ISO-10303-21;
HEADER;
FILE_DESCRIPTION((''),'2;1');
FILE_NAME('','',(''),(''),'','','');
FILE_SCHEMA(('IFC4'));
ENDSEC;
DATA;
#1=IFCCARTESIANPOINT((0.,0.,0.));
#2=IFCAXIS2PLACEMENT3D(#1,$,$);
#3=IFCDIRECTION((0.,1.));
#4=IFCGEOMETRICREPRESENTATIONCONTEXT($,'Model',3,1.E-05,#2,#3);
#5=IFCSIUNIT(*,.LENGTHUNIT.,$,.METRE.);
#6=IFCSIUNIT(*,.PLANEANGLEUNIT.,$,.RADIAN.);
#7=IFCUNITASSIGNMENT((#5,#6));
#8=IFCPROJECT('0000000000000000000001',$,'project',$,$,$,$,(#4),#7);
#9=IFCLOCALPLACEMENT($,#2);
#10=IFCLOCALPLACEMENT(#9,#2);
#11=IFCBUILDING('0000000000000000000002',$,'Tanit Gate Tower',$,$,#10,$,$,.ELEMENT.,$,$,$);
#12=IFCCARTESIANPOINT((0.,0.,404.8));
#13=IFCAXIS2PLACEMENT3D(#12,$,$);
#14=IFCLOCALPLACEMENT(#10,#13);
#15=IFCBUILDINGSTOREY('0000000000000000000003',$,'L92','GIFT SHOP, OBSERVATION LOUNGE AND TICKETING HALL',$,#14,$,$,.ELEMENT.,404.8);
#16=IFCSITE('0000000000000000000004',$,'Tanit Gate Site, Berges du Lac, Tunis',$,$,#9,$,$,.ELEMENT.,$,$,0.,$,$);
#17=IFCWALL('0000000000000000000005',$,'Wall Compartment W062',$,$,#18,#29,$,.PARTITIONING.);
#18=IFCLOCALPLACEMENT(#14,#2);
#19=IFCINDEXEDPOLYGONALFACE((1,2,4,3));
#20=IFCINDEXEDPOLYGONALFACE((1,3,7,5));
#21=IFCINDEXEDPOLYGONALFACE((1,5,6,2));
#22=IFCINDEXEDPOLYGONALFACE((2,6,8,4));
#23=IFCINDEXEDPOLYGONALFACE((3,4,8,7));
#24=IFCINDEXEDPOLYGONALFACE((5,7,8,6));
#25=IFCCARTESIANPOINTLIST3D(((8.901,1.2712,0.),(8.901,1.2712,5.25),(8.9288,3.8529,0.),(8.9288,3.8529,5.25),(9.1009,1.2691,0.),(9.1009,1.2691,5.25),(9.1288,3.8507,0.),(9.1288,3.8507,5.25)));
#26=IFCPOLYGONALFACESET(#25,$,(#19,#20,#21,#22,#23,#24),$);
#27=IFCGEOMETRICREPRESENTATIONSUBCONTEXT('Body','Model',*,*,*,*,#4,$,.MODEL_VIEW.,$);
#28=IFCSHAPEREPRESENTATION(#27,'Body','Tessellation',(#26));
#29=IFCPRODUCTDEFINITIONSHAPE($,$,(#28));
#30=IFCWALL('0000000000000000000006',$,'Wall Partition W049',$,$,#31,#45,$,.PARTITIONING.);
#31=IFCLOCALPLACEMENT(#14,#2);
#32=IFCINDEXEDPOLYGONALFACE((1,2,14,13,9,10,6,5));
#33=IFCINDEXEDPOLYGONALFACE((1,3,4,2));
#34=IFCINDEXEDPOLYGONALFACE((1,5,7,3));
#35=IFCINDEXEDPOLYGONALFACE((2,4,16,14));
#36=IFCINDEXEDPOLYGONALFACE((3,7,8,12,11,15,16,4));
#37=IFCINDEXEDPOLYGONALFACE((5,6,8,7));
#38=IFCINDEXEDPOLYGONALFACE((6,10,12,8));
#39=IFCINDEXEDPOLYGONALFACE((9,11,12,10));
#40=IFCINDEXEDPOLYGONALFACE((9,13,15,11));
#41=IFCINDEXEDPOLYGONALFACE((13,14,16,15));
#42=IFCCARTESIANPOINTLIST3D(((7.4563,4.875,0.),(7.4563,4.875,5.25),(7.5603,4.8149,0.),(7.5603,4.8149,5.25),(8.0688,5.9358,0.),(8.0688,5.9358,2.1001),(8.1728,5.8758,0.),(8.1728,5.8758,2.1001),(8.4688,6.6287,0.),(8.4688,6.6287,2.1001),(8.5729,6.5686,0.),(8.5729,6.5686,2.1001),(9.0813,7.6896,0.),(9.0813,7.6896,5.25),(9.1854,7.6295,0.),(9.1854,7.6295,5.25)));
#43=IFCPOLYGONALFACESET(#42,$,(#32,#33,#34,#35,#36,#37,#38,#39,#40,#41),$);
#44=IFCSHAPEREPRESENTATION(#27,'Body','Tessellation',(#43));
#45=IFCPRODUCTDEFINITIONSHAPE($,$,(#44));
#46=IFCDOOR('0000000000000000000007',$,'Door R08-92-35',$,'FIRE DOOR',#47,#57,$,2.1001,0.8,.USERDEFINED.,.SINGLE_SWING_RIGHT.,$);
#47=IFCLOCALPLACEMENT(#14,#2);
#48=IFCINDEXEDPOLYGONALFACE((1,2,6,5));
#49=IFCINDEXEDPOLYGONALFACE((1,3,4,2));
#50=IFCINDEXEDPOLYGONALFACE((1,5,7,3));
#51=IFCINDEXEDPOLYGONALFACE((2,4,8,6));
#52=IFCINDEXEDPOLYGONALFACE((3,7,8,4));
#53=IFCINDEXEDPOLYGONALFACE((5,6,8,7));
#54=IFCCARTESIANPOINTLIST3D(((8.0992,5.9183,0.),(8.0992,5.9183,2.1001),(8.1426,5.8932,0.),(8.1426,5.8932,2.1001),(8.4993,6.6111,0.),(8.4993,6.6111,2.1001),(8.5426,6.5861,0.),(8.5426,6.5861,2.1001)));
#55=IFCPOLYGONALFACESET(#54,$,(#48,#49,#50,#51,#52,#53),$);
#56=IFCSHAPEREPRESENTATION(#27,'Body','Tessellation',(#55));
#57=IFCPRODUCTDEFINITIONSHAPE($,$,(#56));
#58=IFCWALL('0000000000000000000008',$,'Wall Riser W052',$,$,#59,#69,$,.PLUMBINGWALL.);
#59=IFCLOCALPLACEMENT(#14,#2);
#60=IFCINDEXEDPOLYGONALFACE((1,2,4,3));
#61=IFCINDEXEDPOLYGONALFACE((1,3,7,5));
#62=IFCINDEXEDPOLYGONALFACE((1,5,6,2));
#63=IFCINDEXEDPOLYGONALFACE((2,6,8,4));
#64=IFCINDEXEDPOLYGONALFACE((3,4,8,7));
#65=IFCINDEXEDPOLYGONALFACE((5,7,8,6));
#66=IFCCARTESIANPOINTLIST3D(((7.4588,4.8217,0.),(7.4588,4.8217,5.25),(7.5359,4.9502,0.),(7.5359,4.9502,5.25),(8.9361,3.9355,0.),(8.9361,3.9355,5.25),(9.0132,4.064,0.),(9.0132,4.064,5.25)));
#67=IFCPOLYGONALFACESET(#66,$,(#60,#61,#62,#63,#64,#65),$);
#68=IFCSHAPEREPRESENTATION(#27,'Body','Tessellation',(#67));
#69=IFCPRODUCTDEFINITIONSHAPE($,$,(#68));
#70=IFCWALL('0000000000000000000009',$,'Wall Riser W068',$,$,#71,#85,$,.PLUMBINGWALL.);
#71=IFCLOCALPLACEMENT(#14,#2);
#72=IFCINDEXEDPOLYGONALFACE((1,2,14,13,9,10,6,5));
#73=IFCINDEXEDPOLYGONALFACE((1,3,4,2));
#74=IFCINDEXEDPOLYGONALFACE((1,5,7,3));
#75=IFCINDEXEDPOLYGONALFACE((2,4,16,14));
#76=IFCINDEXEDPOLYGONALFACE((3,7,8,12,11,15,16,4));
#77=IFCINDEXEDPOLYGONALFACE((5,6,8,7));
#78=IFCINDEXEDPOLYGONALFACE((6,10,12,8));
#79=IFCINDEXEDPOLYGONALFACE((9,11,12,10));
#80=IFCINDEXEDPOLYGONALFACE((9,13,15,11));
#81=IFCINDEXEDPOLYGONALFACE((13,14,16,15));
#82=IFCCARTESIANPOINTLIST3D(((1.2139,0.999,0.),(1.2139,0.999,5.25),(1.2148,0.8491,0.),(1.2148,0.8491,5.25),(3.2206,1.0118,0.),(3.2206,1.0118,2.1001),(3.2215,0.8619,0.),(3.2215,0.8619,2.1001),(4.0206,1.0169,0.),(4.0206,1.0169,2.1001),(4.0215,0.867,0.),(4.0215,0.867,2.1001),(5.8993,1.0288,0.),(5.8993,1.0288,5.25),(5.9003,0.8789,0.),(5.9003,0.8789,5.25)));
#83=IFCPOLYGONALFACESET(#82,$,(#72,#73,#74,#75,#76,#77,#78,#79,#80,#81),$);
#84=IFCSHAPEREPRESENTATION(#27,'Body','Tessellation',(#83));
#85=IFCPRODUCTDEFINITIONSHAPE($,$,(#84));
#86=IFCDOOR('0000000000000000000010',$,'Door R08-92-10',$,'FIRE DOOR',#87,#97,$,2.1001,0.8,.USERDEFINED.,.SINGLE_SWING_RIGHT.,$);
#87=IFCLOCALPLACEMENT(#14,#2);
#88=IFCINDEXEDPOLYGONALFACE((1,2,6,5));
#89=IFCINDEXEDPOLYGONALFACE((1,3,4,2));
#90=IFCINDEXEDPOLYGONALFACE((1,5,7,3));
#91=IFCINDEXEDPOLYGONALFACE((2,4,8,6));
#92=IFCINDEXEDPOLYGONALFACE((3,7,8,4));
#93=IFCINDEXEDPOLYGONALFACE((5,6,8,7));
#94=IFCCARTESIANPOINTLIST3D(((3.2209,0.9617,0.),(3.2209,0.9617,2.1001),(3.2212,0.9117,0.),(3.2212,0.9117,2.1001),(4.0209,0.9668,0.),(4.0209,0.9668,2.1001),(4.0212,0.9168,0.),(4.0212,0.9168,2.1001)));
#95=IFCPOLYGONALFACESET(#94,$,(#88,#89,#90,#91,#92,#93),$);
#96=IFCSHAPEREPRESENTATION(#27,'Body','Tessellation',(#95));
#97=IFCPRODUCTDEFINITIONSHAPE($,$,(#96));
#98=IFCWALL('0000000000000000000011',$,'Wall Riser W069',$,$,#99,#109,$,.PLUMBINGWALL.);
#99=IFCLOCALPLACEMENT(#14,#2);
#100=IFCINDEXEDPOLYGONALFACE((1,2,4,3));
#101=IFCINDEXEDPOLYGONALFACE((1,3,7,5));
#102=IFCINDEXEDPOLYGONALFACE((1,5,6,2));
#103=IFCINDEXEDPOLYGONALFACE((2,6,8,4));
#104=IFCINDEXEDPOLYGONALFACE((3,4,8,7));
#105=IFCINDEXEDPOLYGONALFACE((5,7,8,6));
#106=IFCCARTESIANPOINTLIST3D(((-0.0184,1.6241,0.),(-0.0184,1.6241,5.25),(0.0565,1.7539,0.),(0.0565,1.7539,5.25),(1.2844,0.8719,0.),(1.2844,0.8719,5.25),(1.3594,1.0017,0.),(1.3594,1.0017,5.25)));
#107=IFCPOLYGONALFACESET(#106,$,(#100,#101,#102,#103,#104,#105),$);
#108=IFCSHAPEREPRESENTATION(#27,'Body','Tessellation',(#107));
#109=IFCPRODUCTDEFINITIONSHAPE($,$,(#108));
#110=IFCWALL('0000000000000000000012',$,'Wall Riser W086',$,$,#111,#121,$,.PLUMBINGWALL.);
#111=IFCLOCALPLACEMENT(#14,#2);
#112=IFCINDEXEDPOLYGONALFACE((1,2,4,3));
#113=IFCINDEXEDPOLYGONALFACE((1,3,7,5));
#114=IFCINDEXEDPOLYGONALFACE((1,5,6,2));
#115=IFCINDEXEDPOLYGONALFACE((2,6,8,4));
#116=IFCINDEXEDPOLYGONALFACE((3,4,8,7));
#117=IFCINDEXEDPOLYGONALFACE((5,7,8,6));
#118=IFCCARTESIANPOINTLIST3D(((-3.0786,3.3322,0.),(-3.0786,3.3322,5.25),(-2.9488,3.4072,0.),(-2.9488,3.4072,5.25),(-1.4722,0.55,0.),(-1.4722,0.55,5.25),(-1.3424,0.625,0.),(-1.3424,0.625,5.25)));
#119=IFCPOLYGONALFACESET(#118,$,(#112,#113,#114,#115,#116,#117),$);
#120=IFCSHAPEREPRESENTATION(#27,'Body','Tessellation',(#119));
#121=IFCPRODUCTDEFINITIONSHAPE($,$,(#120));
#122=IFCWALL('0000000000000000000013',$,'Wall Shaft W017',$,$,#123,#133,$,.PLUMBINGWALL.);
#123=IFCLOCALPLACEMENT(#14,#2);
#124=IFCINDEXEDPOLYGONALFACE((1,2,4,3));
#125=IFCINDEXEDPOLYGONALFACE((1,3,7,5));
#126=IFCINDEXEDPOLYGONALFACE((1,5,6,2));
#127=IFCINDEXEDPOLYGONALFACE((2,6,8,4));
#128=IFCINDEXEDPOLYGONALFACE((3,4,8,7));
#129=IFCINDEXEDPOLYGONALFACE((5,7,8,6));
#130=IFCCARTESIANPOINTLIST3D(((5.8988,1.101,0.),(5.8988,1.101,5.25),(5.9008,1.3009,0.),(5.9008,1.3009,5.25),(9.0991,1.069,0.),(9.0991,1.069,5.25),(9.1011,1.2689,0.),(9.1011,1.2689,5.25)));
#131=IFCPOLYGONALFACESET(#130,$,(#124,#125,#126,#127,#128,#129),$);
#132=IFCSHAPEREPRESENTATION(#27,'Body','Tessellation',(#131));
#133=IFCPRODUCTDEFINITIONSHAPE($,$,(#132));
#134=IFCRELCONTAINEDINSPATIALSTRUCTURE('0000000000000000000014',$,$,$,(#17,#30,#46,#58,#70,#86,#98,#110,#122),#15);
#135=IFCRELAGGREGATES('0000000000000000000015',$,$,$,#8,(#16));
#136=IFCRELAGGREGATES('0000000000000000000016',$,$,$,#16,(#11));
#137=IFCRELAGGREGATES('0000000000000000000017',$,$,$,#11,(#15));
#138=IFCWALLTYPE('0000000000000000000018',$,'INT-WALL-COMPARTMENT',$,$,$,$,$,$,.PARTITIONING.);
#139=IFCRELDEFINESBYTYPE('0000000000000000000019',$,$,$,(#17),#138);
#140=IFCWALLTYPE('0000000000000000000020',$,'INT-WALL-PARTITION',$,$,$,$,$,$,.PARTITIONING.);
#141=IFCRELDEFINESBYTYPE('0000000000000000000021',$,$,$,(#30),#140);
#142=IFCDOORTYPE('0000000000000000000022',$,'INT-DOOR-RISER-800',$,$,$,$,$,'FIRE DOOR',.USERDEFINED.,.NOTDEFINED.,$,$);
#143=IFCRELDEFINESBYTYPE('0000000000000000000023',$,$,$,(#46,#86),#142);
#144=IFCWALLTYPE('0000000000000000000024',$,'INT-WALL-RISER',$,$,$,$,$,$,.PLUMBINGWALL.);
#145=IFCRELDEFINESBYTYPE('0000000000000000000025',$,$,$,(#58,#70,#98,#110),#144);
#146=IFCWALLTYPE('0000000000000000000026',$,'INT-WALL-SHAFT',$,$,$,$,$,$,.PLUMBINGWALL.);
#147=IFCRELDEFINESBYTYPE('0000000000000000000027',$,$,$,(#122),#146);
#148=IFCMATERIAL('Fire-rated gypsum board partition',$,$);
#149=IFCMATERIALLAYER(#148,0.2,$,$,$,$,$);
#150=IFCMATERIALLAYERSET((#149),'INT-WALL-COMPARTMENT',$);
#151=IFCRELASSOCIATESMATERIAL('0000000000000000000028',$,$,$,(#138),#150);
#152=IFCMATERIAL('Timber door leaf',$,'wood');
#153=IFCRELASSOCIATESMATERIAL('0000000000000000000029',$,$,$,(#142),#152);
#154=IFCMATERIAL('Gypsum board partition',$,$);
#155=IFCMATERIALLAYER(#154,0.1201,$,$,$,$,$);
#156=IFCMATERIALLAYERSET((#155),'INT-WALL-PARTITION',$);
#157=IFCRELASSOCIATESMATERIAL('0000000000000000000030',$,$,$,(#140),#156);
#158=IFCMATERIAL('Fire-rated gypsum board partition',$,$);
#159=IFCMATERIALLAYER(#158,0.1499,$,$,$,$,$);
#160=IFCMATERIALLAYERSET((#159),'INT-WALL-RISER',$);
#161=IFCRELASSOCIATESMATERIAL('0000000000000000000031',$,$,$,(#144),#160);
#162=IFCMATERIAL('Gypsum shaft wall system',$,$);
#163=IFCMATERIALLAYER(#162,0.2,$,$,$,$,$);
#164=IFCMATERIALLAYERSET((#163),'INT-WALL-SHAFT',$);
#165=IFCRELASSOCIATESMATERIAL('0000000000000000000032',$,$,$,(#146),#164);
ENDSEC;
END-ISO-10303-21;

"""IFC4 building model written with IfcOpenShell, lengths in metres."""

from ifc_helpers import new_model, si_unit, direction, frame, frame_2d, origin, place, context, subcontext, project, spatial, rectangle, extrude, material, layer, layer_set, type_object, element, fill, save


model = new_model("IFC4")

# Units and contexts
model_context = context("Model", 3, precision=1e-05, world=origin(), true_north=direction((0.0, 1.0)))
body_context = subcontext(model_context, "Body", "Model", "MODEL_VIEW")
ifc_project = project(units=[si_unit("LENGTHUNIT", "METRE"), si_unit("PLANEANGLEUNIT", "RADIAN")], contexts=[model_context])

# Site, building, storey
site_placement = place(None, origin())
site = spatial("IfcSite", under=ifc_project, at=site_placement, Name="Tanit Gate Site, Berges du Lac, Tunis", CompositionType="ELEMENT", RefElevation=0.0)
building_placement = place(site_placement, origin())
building = spatial("IfcBuilding", under=site, at=building_placement, Name="Tanit Gate Tower", CompositionType="ELEMENT")
storey_placement = place(building_placement, frame((0.0, 0.0, 404.8)))
storey = spatial("IfcBuildingStorey", under=building, at=storey_placement, Name="L92", Description="GIFT SHOP, OBSERVATION LOUNGE AND TICKETING HALL", CompositionType="ELEMENT", Elevation=404.8)

# Shared definitions
ifc_material_1 = material(Name="Fire-rated gypsum board partition")
ifc_layer_1 = layer(ifc_material_1, 0.2)
ifc_layer_set_1 = layer_set([ifc_layer_1], Name="INT-WALL-COMPARTMENT")
wall_type_1 = type_object("IfcWallType", Name="INT-WALL-COMPARTMENT", PredefinedType="PARTITIONING", material=ifc_layer_set_1)
ifc_material_2 = material(Name="Timber door leaf", Category="wood")
door_type_1 = type_object("IfcDoorType", Name="INT-DOOR-RISER-800", ElementType="FIRE DOOR", OperationType="NOTDEFINED", PredefinedType="USERDEFINED", material=ifc_material_2)

# Wall
wall_1_placement = place(storey_placement, frame((9.001, 1.27, 0.0), z_axis=(0.0, 0.0, 1.0), x_axis=(0.010781, 0.999942, 0.0)))
element("IfcWall", 1, at=wall_1_placement, inside=storey, type_object=wall_type_1, Name="Wall Compartment W062", PredefinedType="PARTITIONING", context=body_context, shape_type="SweptSolid", body=[
    extrude(rectangle(XDim=2.5818, YDim=0.2, at=frame_2d((1.291, 0.0))), origin(), (0.0, 0.0, 1.0), 5.25),
])

# Wall, opening, door
ifc_material_3 = material(Name="Gypsum board partition")
ifc_layer_2 = layer(ifc_material_3, 0.1201)
ifc_layer_set_2 = layer_set([ifc_layer_2], Name="INT-WALL-PARTITION")
wall_type_2 = type_object("IfcWallType", Name="INT-WALL-PARTITION", PredefinedType="PARTITIONING", material=ifc_layer_set_2)
wall_2_placement = place(storey_placement, frame((7.5083, 4.845, 0.0), z_axis=(0.0, 0.0, 1.0), x_axis=(0.500017, 0.866015, 0.0)))
wall_2 = element("IfcWall", 2, at=wall_2_placement, inside=storey, type_object=wall_type_2, Name="Wall Partition W049", PredefinedType="PARTITIONING", context=body_context, shape_type="SweptSolid", body=[
    extrude(rectangle(XDim=3.25, YDim=0.1201, at=frame_2d((1.625, 0.0))), origin(), (0.0, 0.0, 1.0), 5.25),
])
opening_1_placement = place(wall_2_placement, frame((1.2251, 0.0, 0.0)))
opening_1 = element("IfcOpeningElement", 3, at=opening_1_placement, cuts=wall_2, PredefinedType="OPENING", context=body_context, shape_type="SweptSolid", body=[
    extrude(rectangle(XDim=0.8, YDim=2.1001, at=frame_2d((0.3999, 1.05))), frame((0.0, 0.0701, 0.0), z_axis=(0.0, -1.0, 0.0), x_axis=(1.0, 0.0, 0.0)), (0.0, 0.0, 1.0), 0.1401),
])
door_1_placement = place(opening_1_placement, origin())
door_1 = element("IfcDoor", 4, at=door_1_placement, inside=storey, type_object=door_type_1, Name="Door R08-92-35", ObjectType="FIRE DOOR", OperationType="SINGLE_SWING_RIGHT", OverallHeight=2.1001, OverallWidth=0.8, PredefinedType="USERDEFINED", context=body_context, shape_type="SweptSolid", body=[
    extrude(rectangle(XDim=0.8, YDim=2.1001, at=frame_2d((0.3999, 1.05))), frame((0.0, 0.0249, 0.0), z_axis=(0.0, -1.0, 0.0), x_axis=(1.0, 0.0, 0.0)), (0.0, 0.0, 1.0), 0.05),
])
fill(opening_1, door_1)

# Wall
ifc_material_4 = material(Name="Fire-rated gypsum board partition")
ifc_layer_3 = layer(ifc_material_4, 0.1499)
ifc_layer_set_3 = layer_set([ifc_layer_3], Name="INT-WALL-RISER")
wall_type_3 = type_object("IfcWallType", Name="INT-WALL-RISER", PredefinedType="PLUMBINGWALL", material=ifc_layer_set_3)
wall_3_placement = place(storey_placement, frame((8.9746, 3.9998, 0.0), z_axis=(0.0, 0.0, 1.0), x_axis=(-0.85753, 0.514433, 0.0)))
element("IfcWall", 5, at=wall_3_placement, inside=storey, type_object=wall_type_3, Name="Wall Riser W052", PredefinedType="PLUMBINGWALL", context=body_context, shape_type="SweptSolid", body=[
    extrude(rectangle(XDim=1.7227, YDim=0.1499, at=frame_2d((0.8613, 0.0))), origin(), (0.0, 0.0, 1.0), 5.25),
])

# Wall, opening, door
wall_4_placement = place(storey_placement, frame((1.2144, 0.9241, 0.0), z_axis=(0.0, 0.0, 1.0), x_axis=(0.99998, 0.006357, 0.0)))
wall_4 = element("IfcWall", 6, at=wall_4_placement, inside=storey, type_object=wall_type_3, Name="Wall Riser W068", PredefinedType="PLUMBINGWALL", context=body_context, shape_type="SweptSolid", body=[
    extrude(rectangle(XDim=4.6855, YDim=0.1499, at=frame_2d((2.3428, 0.0))), origin(), (0.0, 0.0, 1.0), 5.25),
])
opening_2_placement = place(wall_4_placement, frame((2.0068, 0.0, 0.0)))
opening_2 = element("IfcOpeningElement", 7, at=opening_2_placement, cuts=wall_4, PredefinedType="OPENING", context=body_context, shape_type="SweptSolid", body=[
    extrude(rectangle(XDim=0.8, YDim=2.1001, at=frame_2d((0.3999, 1.05))), frame((0.0, 0.085, 0.0), z_axis=(0.0, -1.0, 0.0), x_axis=(1.0, 0.0, 0.0)), (0.0, 0.0, 1.0), 0.1699),
])
door_2_placement = place(opening_2_placement, origin())
door_2 = element("IfcDoor", 8, at=door_2_placement, inside=storey, type_object=door_type_1, Name="Door R08-92-10", ObjectType="FIRE DOOR", OperationType="SINGLE_SWING_RIGHT", OverallHeight=2.1001, OverallWidth=0.8, PredefinedType="USERDEFINED", context=body_context, shape_type="SweptSolid", body=[
    extrude(rectangle(XDim=0.8, YDim=2.1001, at=frame_2d((0.3999, 1.05))), frame((0.0, 0.0249, 0.0), z_axis=(0.0, -1.0, 0.0), x_axis=(1.0, 0.0, 0.0)), (0.0, 0.0, 1.0), 0.05),
])
fill(opening_2, door_2)

# Walls
wall_5_placement = place(storey_placement, frame((0.019, 1.689, 0.0), z_axis=(0.0, 0.0, 1.0), x_axis=(0.866048, -0.499961, 0.0)))
element("IfcWall", 9, at=wall_5_placement, inside=storey, type_object=wall_type_3, Name="Wall Riser W069", PredefinedType="PLUMBINGWALL", context=body_context, shape_type="SweptSolid", body=[
    extrude(rectangle(XDim=1.5044, YDim=0.1499, at=frame_2d((0.7522, 0.0))), origin(), (0.0, 0.0, 1.0), 5.25),
])
wall_6_placement = place(storey_placement, frame((-1.4072, 0.5874, 0.0), z_axis=(0.0, 0.0, 1.0), x_axis=(-0.500029, 0.866008, 0.0)))
element("IfcWall", 10, at=wall_6_placement, inside=storey, type_object=wall_type_3, Name="Wall Riser W086", PredefinedType="PLUMBINGWALL", context=body_context, shape_type="SweptSolid", body=[
    extrude(rectangle(XDim=3.2126, YDim=0.1499, at=frame_2d((1.6064, 0.0))), origin(), (0.0, 0.0, 1.0), 5.25),
])

# Shared definitions
ifc_material_5 = material(Name="Gypsum shaft wall system")
ifc_layer_4 = layer(ifc_material_5, 0.2)
ifc_layer_set_4 = layer_set([ifc_layer_4], Name="INT-WALL-SHAFT")
wall_type_4 = type_object("IfcWallType", Name="INT-WALL-SHAFT", PredefinedType="PLUMBINGWALL", material=ifc_layer_set_4)

# Wall
wall_7_placement = place(storey_placement, frame((5.8999, 1.2009, 0.0), z_axis=(0.0, 0.0, 1.0), x_axis=(0.99995, -0.009993, 0.0)))
element("IfcWall", 11, at=wall_7_placement, inside=storey, type_object=wall_type_4, Name="Wall Shaft W017", PredefinedType="PLUMBINGWALL", context=body_context, shape_type="SweptSolid", body=[
    extrude(rectangle(XDim=3.2004, YDim=0.2, at=frame_2d((1.6001, 0.0))), origin(), (0.0, 0.0, 1.0), 5.25),
])

save(model, "model.ifc")
